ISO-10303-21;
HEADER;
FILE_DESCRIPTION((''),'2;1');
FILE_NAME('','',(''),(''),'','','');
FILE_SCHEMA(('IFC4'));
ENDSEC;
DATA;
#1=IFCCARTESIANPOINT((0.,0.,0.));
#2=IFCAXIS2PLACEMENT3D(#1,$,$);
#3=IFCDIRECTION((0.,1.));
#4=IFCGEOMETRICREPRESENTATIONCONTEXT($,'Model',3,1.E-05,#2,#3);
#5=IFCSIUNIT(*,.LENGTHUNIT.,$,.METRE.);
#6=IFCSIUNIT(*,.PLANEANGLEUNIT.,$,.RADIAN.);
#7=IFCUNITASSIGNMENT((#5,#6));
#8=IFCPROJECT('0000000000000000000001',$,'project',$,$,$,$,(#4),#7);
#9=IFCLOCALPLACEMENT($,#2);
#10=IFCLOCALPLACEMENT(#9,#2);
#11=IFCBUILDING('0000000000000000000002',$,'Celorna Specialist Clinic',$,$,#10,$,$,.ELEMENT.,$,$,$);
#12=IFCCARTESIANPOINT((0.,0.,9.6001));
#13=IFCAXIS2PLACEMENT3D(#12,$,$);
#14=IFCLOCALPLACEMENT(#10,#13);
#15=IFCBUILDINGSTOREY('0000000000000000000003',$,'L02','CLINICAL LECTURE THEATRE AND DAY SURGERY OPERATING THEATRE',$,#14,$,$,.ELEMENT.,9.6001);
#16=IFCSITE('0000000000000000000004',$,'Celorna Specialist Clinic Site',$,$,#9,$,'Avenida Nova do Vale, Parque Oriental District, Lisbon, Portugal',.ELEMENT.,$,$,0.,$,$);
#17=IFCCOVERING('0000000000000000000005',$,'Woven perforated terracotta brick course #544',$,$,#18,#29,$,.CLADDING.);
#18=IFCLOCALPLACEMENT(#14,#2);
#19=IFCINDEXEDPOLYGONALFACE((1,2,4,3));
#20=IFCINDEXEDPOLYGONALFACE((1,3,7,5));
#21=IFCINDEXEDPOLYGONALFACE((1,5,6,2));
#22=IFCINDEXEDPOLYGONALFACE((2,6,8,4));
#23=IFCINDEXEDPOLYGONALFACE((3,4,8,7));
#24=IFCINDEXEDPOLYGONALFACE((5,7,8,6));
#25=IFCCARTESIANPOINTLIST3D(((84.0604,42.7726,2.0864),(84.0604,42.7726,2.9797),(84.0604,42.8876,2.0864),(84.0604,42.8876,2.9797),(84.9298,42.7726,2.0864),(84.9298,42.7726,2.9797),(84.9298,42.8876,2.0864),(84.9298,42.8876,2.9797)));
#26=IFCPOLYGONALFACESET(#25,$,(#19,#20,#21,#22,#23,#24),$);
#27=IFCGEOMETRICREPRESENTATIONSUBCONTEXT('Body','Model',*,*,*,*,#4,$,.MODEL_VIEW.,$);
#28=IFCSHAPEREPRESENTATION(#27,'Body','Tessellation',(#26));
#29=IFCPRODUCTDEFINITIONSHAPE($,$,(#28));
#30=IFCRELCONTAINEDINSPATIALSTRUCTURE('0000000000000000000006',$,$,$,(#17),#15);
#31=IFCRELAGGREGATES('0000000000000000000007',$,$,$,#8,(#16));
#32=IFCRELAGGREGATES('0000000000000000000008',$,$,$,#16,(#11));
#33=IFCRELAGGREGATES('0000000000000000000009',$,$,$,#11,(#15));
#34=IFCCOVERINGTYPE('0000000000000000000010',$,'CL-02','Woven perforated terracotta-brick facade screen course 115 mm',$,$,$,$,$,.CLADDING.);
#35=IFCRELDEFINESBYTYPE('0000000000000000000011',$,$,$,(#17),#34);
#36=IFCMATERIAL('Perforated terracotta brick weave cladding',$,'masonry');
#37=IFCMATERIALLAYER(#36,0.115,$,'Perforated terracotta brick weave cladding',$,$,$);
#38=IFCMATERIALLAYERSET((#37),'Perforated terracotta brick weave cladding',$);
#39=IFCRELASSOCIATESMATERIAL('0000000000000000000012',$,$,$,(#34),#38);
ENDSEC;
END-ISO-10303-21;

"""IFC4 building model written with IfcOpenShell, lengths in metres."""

from ifc_helpers import new_model, si_unit, direction, frame, origin, origin_2d, place, context, subcontext, project, spatial, rectangle, extrude, material, layer, layer_set, type_object, element, save


model = new_model("IFC4")

# Units and contexts
model_context = context("Model", 3, precision=1e-05, world=origin(), true_north=direction((0.0, 1.0)))
body_context = subcontext(model_context, "Body", "Model", "MODEL_VIEW")
ifc_project = project(units=[si_unit("LENGTHUNIT", "METRE"), si_unit("PLANEANGLEUNIT", "RADIAN")], contexts=[model_context])

# Site, building, storey
site_placement = place(None, origin())
site = spatial("IfcSite", under=ifc_project, at=site_placement, Name="Celorna Specialist Clinic Site", LongName="Avenida Nova do Vale, Parque Oriental District, Lisbon, Portugal", CompositionType="ELEMENT", RefElevation=0.0)
building_placement = place(site_placement, origin())
building = spatial("IfcBuilding", under=site, at=building_placement, Name="Celorna Specialist Clinic", CompositionType="ELEMENT")
storey_placement = place(building_placement, frame((0.0, 0.0, 9.6001)))
storey = spatial("IfcBuildingStorey", under=building, at=storey_placement, Name="L02", Description="CLINICAL LECTURE THEATRE AND DAY SURGERY OPERATING THEATRE", CompositionType="ELEMENT", Elevation=9.6001)

# Covering
ifc_material_1 = material(Name="Perforated terracotta brick weave cladding", Category="masonry")
ifc_layer_1 = layer(ifc_material_1, 0.115, Name="Perforated terracotta brick weave cladding")
ifc_layer_set_1 = layer_set([ifc_layer_1], Name="Perforated terracotta brick weave cladding")
covering_type = type_object("IfcCoveringType", Name="CL-02", Description="Woven perforated terracotta-brick facade screen course 115 mm", PredefinedType="CLADDING", material=ifc_layer_set_1)
covering_1_placement = place(storey_placement, frame((84.4951, 42.8301, 2.0864), z_axis=(0.0, 0.0, 1.0), x_axis=(1.0, 0.0, 0.0)))
element("IfcCovering", 1, at=covering_1_placement, inside=storey, type_object=covering_type, Name="Woven perforated terracotta brick course #544", PredefinedType="CLADDING", context=body_context, shape_type="SweptSolid", body=[
    extrude(rectangle(XDim=0.8694, YDim=0.115, at=origin_2d()), origin(), (0.0, 0.0, 1.0), 0.8933),
])

save(model, "model.ifc")
